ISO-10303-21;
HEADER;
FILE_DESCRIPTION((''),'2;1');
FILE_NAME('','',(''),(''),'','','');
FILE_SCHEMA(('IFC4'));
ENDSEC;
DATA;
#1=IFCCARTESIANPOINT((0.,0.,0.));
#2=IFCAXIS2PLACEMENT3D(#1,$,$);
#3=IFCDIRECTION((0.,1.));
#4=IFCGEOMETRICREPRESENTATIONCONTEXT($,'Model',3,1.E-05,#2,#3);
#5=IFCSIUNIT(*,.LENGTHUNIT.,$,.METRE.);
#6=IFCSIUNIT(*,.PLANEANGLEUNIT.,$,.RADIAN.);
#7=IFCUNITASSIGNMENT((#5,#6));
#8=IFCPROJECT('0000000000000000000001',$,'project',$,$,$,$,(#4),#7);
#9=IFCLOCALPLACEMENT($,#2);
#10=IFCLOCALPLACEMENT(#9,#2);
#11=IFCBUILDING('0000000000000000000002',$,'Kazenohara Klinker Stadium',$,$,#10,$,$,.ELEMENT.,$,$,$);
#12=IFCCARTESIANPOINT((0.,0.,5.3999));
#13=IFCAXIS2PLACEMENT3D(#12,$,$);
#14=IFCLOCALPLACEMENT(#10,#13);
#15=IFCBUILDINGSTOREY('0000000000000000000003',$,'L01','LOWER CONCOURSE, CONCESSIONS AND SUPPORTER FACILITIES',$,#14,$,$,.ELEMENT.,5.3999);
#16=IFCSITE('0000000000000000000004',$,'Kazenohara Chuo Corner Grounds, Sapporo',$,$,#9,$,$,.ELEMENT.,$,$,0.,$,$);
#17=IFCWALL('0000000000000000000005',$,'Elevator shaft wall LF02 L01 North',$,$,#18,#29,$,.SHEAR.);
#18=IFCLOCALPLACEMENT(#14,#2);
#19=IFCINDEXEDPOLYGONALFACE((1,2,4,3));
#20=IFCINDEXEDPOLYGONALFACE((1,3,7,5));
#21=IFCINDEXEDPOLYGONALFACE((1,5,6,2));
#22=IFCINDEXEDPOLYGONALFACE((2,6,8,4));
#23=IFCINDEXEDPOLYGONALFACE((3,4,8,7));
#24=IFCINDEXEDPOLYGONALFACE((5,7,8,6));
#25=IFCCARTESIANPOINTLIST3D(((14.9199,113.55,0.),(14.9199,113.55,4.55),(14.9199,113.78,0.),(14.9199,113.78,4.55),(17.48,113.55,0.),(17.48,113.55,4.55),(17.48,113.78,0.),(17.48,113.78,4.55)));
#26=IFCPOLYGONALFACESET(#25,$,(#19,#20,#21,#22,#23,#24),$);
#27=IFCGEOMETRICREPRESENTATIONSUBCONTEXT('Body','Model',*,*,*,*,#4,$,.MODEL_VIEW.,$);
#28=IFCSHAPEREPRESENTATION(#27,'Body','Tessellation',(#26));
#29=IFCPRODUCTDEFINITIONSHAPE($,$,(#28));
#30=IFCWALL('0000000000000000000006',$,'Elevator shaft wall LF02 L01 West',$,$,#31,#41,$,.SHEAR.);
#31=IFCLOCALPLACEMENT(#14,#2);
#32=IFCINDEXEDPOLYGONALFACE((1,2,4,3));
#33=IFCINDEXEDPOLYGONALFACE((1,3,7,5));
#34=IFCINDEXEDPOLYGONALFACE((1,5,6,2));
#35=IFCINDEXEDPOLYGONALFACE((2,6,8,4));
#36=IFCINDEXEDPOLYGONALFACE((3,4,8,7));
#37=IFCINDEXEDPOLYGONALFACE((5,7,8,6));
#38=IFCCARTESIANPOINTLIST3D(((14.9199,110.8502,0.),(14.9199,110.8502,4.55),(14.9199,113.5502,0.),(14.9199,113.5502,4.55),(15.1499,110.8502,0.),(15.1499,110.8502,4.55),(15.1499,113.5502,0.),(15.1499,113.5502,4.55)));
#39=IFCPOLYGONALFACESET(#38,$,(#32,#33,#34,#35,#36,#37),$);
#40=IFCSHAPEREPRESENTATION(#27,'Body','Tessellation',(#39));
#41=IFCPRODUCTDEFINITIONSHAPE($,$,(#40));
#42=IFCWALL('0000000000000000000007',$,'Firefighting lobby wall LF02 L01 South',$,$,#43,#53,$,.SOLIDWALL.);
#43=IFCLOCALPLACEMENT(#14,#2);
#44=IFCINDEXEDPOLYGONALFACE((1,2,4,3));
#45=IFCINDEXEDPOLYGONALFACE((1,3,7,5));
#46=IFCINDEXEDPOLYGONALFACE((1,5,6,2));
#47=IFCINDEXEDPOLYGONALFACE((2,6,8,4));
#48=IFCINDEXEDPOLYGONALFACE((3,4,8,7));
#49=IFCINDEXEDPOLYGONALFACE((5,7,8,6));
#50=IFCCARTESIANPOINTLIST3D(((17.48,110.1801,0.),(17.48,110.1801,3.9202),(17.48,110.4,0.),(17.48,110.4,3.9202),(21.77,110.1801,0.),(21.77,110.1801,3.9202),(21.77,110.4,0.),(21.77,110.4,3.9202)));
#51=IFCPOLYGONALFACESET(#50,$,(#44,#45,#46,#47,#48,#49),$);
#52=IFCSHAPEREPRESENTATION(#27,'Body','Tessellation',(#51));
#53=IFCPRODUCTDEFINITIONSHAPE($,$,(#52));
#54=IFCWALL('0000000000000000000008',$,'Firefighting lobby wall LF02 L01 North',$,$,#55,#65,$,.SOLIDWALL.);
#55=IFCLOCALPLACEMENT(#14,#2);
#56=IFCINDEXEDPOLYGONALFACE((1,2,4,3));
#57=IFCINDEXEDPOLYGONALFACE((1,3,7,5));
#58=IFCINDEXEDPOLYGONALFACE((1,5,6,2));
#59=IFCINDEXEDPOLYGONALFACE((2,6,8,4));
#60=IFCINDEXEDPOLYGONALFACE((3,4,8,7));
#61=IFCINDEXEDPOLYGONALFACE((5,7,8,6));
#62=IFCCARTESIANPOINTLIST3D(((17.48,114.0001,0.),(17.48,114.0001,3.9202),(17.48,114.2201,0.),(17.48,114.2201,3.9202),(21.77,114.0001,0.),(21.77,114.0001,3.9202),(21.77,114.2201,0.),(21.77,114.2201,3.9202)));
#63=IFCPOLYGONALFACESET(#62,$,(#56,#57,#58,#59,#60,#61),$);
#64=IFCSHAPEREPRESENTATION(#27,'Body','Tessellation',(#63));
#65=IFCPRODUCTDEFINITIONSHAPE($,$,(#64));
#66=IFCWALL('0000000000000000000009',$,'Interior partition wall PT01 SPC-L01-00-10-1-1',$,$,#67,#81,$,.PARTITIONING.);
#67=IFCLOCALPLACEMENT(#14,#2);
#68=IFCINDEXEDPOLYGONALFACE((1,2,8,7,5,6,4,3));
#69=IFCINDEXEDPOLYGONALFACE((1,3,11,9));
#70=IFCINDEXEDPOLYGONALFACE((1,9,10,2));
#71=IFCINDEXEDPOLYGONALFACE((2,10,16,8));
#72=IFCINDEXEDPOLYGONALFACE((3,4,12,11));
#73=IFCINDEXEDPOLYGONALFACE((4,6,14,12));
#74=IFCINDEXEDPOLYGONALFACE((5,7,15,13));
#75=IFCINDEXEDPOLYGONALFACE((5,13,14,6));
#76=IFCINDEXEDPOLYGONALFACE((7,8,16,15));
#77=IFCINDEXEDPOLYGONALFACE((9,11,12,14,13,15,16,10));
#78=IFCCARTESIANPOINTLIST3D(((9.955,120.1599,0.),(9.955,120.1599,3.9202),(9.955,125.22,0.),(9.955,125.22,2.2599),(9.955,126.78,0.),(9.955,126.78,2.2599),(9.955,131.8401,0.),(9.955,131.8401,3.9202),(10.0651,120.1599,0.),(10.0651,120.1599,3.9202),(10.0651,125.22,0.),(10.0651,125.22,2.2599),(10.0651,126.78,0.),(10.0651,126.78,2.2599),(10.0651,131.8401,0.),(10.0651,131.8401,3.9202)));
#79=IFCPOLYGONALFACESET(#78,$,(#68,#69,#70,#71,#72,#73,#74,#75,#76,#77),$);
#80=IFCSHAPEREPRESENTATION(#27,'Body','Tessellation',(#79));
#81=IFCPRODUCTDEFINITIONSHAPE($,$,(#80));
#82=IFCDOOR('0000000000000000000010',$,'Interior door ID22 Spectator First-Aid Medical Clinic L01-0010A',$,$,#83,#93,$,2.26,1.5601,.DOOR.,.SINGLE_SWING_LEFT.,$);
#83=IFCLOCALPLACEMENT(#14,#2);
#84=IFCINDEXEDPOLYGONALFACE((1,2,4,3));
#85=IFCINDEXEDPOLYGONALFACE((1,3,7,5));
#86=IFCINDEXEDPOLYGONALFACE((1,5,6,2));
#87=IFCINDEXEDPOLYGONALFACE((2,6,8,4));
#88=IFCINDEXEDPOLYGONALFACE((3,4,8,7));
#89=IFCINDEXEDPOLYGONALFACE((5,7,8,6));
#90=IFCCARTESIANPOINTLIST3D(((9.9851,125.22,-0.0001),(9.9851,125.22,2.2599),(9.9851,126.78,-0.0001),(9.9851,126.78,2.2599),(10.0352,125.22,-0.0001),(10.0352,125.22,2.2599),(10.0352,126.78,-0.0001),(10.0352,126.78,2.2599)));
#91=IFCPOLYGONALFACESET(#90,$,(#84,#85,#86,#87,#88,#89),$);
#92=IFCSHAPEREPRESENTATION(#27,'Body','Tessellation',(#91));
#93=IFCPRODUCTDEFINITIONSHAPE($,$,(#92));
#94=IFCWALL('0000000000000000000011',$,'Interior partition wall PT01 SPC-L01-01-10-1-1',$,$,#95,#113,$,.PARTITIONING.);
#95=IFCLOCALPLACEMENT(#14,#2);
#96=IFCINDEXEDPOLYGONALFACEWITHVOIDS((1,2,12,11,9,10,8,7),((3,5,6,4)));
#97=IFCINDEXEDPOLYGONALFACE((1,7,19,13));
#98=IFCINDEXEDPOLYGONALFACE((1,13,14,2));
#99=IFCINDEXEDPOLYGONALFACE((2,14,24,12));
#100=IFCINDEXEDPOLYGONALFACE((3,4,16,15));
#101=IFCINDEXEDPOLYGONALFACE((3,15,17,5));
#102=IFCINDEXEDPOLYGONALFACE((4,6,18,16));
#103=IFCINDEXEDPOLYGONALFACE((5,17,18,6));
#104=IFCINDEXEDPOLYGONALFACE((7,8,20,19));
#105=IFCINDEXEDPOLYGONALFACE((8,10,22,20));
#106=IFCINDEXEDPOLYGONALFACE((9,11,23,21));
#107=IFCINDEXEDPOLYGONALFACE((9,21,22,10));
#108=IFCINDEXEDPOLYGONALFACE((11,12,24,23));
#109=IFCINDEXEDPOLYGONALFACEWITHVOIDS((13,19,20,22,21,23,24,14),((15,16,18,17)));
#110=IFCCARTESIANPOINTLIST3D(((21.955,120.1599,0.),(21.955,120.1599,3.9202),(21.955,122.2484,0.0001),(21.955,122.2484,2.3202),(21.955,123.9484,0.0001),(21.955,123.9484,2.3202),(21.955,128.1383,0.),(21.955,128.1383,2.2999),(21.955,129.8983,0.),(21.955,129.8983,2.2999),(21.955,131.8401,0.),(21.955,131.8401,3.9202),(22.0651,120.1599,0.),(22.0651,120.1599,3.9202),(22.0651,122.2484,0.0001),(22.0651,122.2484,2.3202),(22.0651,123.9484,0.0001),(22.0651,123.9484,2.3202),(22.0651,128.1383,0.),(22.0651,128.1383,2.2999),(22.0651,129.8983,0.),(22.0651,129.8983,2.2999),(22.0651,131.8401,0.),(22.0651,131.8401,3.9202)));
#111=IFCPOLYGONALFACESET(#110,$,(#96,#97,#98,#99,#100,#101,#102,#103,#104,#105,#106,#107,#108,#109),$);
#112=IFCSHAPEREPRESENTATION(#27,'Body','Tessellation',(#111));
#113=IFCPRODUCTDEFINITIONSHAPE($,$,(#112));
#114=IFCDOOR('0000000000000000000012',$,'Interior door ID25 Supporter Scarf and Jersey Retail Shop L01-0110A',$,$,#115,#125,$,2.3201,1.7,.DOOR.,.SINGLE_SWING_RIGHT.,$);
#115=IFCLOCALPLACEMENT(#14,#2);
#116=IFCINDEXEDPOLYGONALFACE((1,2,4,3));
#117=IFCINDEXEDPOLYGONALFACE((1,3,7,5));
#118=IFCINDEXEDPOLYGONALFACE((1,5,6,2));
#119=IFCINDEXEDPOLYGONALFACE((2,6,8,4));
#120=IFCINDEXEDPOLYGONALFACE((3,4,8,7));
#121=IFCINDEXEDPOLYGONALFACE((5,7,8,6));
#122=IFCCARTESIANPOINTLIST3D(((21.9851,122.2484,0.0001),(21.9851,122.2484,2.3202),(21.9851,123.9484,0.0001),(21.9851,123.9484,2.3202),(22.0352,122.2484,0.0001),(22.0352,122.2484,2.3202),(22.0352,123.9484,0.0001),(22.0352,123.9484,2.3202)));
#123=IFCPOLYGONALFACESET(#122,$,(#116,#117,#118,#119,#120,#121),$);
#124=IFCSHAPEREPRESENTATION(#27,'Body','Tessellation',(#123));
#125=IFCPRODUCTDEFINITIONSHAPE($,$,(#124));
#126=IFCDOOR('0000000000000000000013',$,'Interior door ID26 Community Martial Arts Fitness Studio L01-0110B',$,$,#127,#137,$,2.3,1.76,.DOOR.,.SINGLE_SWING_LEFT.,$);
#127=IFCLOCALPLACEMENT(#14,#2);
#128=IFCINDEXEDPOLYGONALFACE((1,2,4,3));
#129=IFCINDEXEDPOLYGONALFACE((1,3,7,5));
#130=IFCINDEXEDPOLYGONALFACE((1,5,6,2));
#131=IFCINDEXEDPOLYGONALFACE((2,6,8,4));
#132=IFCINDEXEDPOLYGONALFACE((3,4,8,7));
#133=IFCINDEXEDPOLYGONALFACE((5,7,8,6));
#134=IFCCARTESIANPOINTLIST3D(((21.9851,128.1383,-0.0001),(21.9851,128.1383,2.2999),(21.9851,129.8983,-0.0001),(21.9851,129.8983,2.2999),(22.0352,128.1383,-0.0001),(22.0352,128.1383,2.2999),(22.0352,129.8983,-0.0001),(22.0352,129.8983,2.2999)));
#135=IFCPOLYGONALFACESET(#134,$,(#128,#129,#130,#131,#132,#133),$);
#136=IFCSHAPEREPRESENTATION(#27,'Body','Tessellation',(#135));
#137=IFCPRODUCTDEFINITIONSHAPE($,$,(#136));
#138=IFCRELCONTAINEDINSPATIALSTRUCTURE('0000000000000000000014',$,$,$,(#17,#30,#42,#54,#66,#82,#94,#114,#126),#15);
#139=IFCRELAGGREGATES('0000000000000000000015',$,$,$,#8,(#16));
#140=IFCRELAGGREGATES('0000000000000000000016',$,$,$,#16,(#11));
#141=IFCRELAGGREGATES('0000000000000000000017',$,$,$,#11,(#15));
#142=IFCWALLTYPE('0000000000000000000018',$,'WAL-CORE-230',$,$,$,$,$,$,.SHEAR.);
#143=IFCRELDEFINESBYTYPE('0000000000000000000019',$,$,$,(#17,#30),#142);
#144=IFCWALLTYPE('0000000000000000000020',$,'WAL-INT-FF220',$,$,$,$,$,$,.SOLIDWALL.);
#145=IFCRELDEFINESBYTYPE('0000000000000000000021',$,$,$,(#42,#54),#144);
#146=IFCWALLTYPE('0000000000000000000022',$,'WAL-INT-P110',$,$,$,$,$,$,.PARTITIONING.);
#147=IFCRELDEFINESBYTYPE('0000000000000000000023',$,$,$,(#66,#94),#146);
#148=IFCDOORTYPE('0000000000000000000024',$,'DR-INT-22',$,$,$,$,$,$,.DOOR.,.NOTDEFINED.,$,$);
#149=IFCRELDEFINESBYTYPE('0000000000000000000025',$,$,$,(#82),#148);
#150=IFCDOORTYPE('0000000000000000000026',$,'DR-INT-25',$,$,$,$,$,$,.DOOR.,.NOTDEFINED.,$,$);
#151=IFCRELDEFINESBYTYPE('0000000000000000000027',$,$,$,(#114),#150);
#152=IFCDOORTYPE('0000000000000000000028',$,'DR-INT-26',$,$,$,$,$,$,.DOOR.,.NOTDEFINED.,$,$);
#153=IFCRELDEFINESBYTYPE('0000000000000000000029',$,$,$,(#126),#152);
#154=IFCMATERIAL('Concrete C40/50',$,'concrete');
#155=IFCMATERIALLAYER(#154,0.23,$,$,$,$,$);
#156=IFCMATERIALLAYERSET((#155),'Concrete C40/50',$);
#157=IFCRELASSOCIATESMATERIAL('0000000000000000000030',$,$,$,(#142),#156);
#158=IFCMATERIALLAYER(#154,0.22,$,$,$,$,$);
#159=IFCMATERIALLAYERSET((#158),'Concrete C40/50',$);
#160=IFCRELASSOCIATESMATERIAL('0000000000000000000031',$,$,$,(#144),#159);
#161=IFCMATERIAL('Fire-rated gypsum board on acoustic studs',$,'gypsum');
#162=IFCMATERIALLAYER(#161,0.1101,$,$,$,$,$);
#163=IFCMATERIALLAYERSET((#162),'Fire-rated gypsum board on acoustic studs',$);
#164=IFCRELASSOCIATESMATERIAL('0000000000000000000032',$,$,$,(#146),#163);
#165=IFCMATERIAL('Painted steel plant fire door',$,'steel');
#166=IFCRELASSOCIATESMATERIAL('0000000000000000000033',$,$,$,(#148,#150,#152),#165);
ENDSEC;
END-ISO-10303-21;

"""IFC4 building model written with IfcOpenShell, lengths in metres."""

from ifc_helpers import new_model, si_unit, direction, frame, frame_2d, origin, place, context, subcontext, project, spatial, rectangle, extrude, material, layer, layer_set, type_object, element, fill, save


model = new_model("IFC4")

# Units and contexts
model_context = context("Model", 3, precision=1e-05, world=origin(), true_north=direction((0.0, 1.0)))
body_context = subcontext(model_context, "Body", "Model", "MODEL_VIEW")
ifc_project = project(units=[si_unit("LENGTHUNIT", "METRE"), si_unit("PLANEANGLEUNIT", "RADIAN")], contexts=[model_context])

# Site, building, storey
site_placement = place(None, origin())
site = spatial("IfcSite", under=ifc_project, at=site_placement, Name="Kazenohara Chuo Corner Grounds, Sapporo", CompositionType="ELEMENT", RefElevation=0.0)
building_placement = place(site_placement, origin())
building = spatial("IfcBuilding", under=site, at=building_placement, Name="Kazenohara Klinker Stadium", CompositionType="ELEMENT")
storey_placement = place(building_placement, frame((0.0, 0.0, 5.3999)))
storey = spatial("IfcBuildingStorey", under=building, at=storey_placement, Name="L01", Description="LOWER CONCOURSE, CONCESSIONS AND SUPPORTER FACILITIES", CompositionType="ELEMENT", Elevation=5.3999)

# Shared definitions
ifc_material_1 = material(Name="Concrete C40/50", Category="concrete")

# Walls
ifc_layer_1 = layer(ifc_material_1, 0.23)
ifc_layer_set_1 = layer_set([ifc_layer_1], Name="Concrete C40/50")
wall_type_1 = type_object("IfcWallType", Name="WAL-CORE-230", PredefinedType="SHEAR", material=ifc_layer_set_1)
for number, where, z_axis, x_axis, name in (
    (1, (14.9199, 113.665, 0.0), (0.0, 0.0, 1.0), (1.0, 0.0, 0.0), "Elevator shaft wall LF02 L01 North"),
):
    element("IfcWall", number, at=place(storey_placement, frame(where, z_axis=z_axis, x_axis=x_axis)), inside=storey, type_object=wall_type_1, Name=name, PredefinedType="SHEAR", context=body_context, shape_type="SweptSolid", body=[
        extrude(rectangle(XDim=2.5601, YDim=0.23, at=frame_2d((1.28, 0.0))), origin(), (0.0, 0.0, 1.0), 4.55),
    ])
wall_1_placement = place(storey_placement, frame((15.0349, 110.8501, 0.0), z_axis=(0.0, 0.0, 1.0), x_axis=(0.0, 1.0, 0.0)))
element("IfcWall", 2, at=wall_1_placement, inside=storey, type_object=wall_type_1, Name="Elevator shaft wall LF02 L01 West", PredefinedType="SHEAR", context=body_context, shape_type="SweptSolid", body=[
    extrude(rectangle(XDim=2.7, YDim=0.23, at=frame_2d((1.3501, 0.0))), origin(), (0.0, 0.0, 1.0), 4.55),
])

# Walls
ifc_layer_2 = layer(ifc_material_1, 0.22)
ifc_layer_set_2 = layer_set([ifc_layer_2], Name="Concrete C40/50")
wall_type_2 = type_object("IfcWallType", Name="WAL-INT-FF220", PredefinedType="SOLIDWALL", material=ifc_layer_set_2)
for number, where, z_axis, x_axis, name in (
    (3, (17.48, 110.29, 0.0), (0.0, 0.0, 1.0), (1.0, 0.0, 0.0), "Firefighting lobby wall LF02 L01 South"),
    (4, (17.48, 114.1101, 0.0), (0.0, 0.0, 1.0), (1.0, 0.0, 0.0), "Firefighting lobby wall LF02 L01 North"),
):
    element("IfcWall", number, at=place(storey_placement, frame(where, z_axis=z_axis, x_axis=x_axis)), inside=storey, type_object=wall_type_2, Name=name, PredefinedType="SOLIDWALL", context=body_context, shape_type="SweptSolid", body=[
        extrude(rectangle(XDim=4.29, YDim=0.22, at=frame_2d((2.145, 0.0))), origin(), (0.0, 0.0, 1.0), 3.9202),
    ])

# Wall, opening, door
ifc_material_2 = material(Name="Fire-rated gypsum board on acoustic studs", Category="gypsum")
ifc_layer_3 = layer(ifc_material_2, 0.1101)
ifc_layer_set_3 = layer_set([ifc_layer_3], Name="Fire-rated gypsum board on acoustic studs")
wall_type_3 = type_object("IfcWallType", Name="WAL-INT-P110", PredefinedType="PARTITIONING", material=ifc_layer_set_3)
wall_2_placement = place(storey_placement, frame((10.01, 120.1599, 0.0), z_axis=(0.0, 0.0, 1.0), x_axis=(0.0, 1.0, 0.0)))
wall_2 = element("IfcWall", 5, at=wall_2_placement, inside=storey, type_object=wall_type_3, Name="Interior partition wall PT01 SPC-L01-00-10-1-1", PredefinedType="PARTITIONING", context=body_context, shape_type="SweptSolid", body=[
    extrude(rectangle(XDim=11.6802, YDim=0.1101, at=frame_2d((5.8401, 0.0))), origin(), (0.0, 0.0, 1.0), 3.9202),
])
opening_1_placement = place(wall_2_placement, frame((5.0601, 0.0, 0.0)))
opening_1 = element("IfcOpeningElement", 6, at=opening_1_placement, cuts=wall_2, PredefinedType="OPENING", context=body_context, shape_type="SweptSolid", body=[
    extrude(rectangle(XDim=1.5601, YDim=2.26, at=frame_2d((0.78, 1.1299))), frame((0.0, 0.0649, 0.0), z_axis=(0.0, -1.0, 0.0), x_axis=(1.0, 0.0, 0.0)), (0.0, 0.0, 1.0), 0.1301),
])
ifc_material_3 = material(Name="Painted steel plant fire door", Category="steel")
door_type_1 = type_object("IfcDoorType", Name="DR-INT-22", OperationType="NOTDEFINED", PredefinedType="DOOR", material=ifc_material_3)
door_1_placement = place(opening_1_placement, origin())
door_1 = element("IfcDoor", 7, at=door_1_placement, inside=storey, type_object=door_type_1, Name="Interior door ID22 Spectator First-Aid Medical Clinic L01-0010A", OperationType="SINGLE_SWING_LEFT", OverallHeight=2.26, OverallWidth=1.5601, PredefinedType="DOOR", context=body_context, shape_type="SweptSolid", body=[
    extrude(rectangle(XDim=1.5601, YDim=2.26, at=frame_2d((0.78, 1.1299))), frame((0.0, 0.0249, 0.0), z_axis=(0.0, -1.0, 0.0), x_axis=(1.0, 0.0, 0.0)), (0.0, 0.0, 1.0), 0.05),
])
fill(opening_1, door_1)

# Wall, openings, doors
wall_3_placement = place(storey_placement, frame((22.01, 120.1599, 0.0), z_axis=(0.0, 0.0, 1.0), x_axis=(0.0, 1.0, 0.0)))
wall_3 = element("IfcWall", 8, at=wall_3_placement, inside=storey, type_object=wall_type_3, Name="Interior partition wall PT01 SPC-L01-01-10-1-1", PredefinedType="PARTITIONING", context=body_context, shape_type="SweptSolid", body=[
    extrude(rectangle(XDim=11.6802, YDim=0.1101, at=frame_2d((5.8401, 0.0))), origin(), (0.0, 0.0, 1.0), 3.9202),
])
opening_2_placement = place(wall_3_placement, frame((2.0884, 0.0, 0.0)))
opening_2 = element("IfcOpeningElement", 9, at=opening_2_placement, cuts=wall_3, PredefinedType="OPENING", context=body_context, shape_type="SweptSolid", body=[
    extrude(rectangle(XDim=1.7, YDim=2.3201, at=frame_2d((0.8501, 1.1602))), frame((0.0, 0.0649, 0.0), z_axis=(0.0, -1.0, 0.0), x_axis=(1.0, 0.0, 0.0)), (0.0, 0.0, 1.0), 0.1301),
])
opening_3_placement = place(wall_3_placement, frame((7.9785, 0.0, 0.0)))
opening_3 = element("IfcOpeningElement", 10, at=opening_3_placement, cuts=wall_3, PredefinedType="OPENING", context=body_context, shape_type="SweptSolid", body=[
    extrude(rectangle(XDim=1.76, YDim=2.3, at=frame_2d((0.8799, 1.1499))), frame((0.0, 0.0649, 0.0), z_axis=(0.0, -1.0, 0.0), x_axis=(1.0, 0.0, 0.0)), (0.0, 0.0, 1.0), 0.1301),
])
door_type_2 = type_object("IfcDoorType", Name="DR-INT-25", OperationType="NOTDEFINED", PredefinedType="DOOR", material=ifc_material_3)
door_2_placement = place(opening_2_placement, origin())
door_2 = element("IfcDoor", 11, at=door_2_placement, inside=storey, type_object=door_type_2, Name="Interior door ID25 Supporter Scarf and Jersey Retail Shop L01-0110A", OperationType="SINGLE_SWING_RIGHT", OverallHeight=2.3201, OverallWidth=1.7, PredefinedType="DOOR", context=body_context, shape_type="SweptSolid", body=[
    extrude(rectangle(XDim=1.7, YDim=2.3201, at=frame_2d((0.8501, 1.1602))), frame((0.0, 0.0249, 0.0), z_axis=(0.0, -1.0, 0.0), x_axis=(1.0, 0.0, 0.0)), (0.0, 0.0, 1.0), 0.05),
])
fill(opening_2, door_2)
door_type_3 = type_object("IfcDoorType", Name="DR-INT-26", OperationType="NOTDEFINED", PredefinedType="DOOR", material=ifc_material_3)
door_3_placement = place(opening_3_placement, origin())
door_3 = element("IfcDoor", 12, at=door_3_placement, inside=storey, type_object=door_type_3, Name="Interior door ID26 Community Martial Arts Fitness Studio L01-0110B", OperationType="SINGLE_SWING_LEFT", OverallHeight=2.3, OverallWidth=1.76, PredefinedType="DOOR", context=body_context, shape_type="SweptSolid", body=[
    extrude(rectangle(XDim=1.76, YDim=2.3, at=frame_2d((0.8799, 1.1499))), frame((0.0, 0.0249, 0.0), z_axis=(0.0, -1.0, 0.0), x_axis=(1.0, 0.0, 0.0)), (0.0, 0.0, 1.0), 0.05),
])
fill(opening_3, door_3)

save(model, "model.ifc")
